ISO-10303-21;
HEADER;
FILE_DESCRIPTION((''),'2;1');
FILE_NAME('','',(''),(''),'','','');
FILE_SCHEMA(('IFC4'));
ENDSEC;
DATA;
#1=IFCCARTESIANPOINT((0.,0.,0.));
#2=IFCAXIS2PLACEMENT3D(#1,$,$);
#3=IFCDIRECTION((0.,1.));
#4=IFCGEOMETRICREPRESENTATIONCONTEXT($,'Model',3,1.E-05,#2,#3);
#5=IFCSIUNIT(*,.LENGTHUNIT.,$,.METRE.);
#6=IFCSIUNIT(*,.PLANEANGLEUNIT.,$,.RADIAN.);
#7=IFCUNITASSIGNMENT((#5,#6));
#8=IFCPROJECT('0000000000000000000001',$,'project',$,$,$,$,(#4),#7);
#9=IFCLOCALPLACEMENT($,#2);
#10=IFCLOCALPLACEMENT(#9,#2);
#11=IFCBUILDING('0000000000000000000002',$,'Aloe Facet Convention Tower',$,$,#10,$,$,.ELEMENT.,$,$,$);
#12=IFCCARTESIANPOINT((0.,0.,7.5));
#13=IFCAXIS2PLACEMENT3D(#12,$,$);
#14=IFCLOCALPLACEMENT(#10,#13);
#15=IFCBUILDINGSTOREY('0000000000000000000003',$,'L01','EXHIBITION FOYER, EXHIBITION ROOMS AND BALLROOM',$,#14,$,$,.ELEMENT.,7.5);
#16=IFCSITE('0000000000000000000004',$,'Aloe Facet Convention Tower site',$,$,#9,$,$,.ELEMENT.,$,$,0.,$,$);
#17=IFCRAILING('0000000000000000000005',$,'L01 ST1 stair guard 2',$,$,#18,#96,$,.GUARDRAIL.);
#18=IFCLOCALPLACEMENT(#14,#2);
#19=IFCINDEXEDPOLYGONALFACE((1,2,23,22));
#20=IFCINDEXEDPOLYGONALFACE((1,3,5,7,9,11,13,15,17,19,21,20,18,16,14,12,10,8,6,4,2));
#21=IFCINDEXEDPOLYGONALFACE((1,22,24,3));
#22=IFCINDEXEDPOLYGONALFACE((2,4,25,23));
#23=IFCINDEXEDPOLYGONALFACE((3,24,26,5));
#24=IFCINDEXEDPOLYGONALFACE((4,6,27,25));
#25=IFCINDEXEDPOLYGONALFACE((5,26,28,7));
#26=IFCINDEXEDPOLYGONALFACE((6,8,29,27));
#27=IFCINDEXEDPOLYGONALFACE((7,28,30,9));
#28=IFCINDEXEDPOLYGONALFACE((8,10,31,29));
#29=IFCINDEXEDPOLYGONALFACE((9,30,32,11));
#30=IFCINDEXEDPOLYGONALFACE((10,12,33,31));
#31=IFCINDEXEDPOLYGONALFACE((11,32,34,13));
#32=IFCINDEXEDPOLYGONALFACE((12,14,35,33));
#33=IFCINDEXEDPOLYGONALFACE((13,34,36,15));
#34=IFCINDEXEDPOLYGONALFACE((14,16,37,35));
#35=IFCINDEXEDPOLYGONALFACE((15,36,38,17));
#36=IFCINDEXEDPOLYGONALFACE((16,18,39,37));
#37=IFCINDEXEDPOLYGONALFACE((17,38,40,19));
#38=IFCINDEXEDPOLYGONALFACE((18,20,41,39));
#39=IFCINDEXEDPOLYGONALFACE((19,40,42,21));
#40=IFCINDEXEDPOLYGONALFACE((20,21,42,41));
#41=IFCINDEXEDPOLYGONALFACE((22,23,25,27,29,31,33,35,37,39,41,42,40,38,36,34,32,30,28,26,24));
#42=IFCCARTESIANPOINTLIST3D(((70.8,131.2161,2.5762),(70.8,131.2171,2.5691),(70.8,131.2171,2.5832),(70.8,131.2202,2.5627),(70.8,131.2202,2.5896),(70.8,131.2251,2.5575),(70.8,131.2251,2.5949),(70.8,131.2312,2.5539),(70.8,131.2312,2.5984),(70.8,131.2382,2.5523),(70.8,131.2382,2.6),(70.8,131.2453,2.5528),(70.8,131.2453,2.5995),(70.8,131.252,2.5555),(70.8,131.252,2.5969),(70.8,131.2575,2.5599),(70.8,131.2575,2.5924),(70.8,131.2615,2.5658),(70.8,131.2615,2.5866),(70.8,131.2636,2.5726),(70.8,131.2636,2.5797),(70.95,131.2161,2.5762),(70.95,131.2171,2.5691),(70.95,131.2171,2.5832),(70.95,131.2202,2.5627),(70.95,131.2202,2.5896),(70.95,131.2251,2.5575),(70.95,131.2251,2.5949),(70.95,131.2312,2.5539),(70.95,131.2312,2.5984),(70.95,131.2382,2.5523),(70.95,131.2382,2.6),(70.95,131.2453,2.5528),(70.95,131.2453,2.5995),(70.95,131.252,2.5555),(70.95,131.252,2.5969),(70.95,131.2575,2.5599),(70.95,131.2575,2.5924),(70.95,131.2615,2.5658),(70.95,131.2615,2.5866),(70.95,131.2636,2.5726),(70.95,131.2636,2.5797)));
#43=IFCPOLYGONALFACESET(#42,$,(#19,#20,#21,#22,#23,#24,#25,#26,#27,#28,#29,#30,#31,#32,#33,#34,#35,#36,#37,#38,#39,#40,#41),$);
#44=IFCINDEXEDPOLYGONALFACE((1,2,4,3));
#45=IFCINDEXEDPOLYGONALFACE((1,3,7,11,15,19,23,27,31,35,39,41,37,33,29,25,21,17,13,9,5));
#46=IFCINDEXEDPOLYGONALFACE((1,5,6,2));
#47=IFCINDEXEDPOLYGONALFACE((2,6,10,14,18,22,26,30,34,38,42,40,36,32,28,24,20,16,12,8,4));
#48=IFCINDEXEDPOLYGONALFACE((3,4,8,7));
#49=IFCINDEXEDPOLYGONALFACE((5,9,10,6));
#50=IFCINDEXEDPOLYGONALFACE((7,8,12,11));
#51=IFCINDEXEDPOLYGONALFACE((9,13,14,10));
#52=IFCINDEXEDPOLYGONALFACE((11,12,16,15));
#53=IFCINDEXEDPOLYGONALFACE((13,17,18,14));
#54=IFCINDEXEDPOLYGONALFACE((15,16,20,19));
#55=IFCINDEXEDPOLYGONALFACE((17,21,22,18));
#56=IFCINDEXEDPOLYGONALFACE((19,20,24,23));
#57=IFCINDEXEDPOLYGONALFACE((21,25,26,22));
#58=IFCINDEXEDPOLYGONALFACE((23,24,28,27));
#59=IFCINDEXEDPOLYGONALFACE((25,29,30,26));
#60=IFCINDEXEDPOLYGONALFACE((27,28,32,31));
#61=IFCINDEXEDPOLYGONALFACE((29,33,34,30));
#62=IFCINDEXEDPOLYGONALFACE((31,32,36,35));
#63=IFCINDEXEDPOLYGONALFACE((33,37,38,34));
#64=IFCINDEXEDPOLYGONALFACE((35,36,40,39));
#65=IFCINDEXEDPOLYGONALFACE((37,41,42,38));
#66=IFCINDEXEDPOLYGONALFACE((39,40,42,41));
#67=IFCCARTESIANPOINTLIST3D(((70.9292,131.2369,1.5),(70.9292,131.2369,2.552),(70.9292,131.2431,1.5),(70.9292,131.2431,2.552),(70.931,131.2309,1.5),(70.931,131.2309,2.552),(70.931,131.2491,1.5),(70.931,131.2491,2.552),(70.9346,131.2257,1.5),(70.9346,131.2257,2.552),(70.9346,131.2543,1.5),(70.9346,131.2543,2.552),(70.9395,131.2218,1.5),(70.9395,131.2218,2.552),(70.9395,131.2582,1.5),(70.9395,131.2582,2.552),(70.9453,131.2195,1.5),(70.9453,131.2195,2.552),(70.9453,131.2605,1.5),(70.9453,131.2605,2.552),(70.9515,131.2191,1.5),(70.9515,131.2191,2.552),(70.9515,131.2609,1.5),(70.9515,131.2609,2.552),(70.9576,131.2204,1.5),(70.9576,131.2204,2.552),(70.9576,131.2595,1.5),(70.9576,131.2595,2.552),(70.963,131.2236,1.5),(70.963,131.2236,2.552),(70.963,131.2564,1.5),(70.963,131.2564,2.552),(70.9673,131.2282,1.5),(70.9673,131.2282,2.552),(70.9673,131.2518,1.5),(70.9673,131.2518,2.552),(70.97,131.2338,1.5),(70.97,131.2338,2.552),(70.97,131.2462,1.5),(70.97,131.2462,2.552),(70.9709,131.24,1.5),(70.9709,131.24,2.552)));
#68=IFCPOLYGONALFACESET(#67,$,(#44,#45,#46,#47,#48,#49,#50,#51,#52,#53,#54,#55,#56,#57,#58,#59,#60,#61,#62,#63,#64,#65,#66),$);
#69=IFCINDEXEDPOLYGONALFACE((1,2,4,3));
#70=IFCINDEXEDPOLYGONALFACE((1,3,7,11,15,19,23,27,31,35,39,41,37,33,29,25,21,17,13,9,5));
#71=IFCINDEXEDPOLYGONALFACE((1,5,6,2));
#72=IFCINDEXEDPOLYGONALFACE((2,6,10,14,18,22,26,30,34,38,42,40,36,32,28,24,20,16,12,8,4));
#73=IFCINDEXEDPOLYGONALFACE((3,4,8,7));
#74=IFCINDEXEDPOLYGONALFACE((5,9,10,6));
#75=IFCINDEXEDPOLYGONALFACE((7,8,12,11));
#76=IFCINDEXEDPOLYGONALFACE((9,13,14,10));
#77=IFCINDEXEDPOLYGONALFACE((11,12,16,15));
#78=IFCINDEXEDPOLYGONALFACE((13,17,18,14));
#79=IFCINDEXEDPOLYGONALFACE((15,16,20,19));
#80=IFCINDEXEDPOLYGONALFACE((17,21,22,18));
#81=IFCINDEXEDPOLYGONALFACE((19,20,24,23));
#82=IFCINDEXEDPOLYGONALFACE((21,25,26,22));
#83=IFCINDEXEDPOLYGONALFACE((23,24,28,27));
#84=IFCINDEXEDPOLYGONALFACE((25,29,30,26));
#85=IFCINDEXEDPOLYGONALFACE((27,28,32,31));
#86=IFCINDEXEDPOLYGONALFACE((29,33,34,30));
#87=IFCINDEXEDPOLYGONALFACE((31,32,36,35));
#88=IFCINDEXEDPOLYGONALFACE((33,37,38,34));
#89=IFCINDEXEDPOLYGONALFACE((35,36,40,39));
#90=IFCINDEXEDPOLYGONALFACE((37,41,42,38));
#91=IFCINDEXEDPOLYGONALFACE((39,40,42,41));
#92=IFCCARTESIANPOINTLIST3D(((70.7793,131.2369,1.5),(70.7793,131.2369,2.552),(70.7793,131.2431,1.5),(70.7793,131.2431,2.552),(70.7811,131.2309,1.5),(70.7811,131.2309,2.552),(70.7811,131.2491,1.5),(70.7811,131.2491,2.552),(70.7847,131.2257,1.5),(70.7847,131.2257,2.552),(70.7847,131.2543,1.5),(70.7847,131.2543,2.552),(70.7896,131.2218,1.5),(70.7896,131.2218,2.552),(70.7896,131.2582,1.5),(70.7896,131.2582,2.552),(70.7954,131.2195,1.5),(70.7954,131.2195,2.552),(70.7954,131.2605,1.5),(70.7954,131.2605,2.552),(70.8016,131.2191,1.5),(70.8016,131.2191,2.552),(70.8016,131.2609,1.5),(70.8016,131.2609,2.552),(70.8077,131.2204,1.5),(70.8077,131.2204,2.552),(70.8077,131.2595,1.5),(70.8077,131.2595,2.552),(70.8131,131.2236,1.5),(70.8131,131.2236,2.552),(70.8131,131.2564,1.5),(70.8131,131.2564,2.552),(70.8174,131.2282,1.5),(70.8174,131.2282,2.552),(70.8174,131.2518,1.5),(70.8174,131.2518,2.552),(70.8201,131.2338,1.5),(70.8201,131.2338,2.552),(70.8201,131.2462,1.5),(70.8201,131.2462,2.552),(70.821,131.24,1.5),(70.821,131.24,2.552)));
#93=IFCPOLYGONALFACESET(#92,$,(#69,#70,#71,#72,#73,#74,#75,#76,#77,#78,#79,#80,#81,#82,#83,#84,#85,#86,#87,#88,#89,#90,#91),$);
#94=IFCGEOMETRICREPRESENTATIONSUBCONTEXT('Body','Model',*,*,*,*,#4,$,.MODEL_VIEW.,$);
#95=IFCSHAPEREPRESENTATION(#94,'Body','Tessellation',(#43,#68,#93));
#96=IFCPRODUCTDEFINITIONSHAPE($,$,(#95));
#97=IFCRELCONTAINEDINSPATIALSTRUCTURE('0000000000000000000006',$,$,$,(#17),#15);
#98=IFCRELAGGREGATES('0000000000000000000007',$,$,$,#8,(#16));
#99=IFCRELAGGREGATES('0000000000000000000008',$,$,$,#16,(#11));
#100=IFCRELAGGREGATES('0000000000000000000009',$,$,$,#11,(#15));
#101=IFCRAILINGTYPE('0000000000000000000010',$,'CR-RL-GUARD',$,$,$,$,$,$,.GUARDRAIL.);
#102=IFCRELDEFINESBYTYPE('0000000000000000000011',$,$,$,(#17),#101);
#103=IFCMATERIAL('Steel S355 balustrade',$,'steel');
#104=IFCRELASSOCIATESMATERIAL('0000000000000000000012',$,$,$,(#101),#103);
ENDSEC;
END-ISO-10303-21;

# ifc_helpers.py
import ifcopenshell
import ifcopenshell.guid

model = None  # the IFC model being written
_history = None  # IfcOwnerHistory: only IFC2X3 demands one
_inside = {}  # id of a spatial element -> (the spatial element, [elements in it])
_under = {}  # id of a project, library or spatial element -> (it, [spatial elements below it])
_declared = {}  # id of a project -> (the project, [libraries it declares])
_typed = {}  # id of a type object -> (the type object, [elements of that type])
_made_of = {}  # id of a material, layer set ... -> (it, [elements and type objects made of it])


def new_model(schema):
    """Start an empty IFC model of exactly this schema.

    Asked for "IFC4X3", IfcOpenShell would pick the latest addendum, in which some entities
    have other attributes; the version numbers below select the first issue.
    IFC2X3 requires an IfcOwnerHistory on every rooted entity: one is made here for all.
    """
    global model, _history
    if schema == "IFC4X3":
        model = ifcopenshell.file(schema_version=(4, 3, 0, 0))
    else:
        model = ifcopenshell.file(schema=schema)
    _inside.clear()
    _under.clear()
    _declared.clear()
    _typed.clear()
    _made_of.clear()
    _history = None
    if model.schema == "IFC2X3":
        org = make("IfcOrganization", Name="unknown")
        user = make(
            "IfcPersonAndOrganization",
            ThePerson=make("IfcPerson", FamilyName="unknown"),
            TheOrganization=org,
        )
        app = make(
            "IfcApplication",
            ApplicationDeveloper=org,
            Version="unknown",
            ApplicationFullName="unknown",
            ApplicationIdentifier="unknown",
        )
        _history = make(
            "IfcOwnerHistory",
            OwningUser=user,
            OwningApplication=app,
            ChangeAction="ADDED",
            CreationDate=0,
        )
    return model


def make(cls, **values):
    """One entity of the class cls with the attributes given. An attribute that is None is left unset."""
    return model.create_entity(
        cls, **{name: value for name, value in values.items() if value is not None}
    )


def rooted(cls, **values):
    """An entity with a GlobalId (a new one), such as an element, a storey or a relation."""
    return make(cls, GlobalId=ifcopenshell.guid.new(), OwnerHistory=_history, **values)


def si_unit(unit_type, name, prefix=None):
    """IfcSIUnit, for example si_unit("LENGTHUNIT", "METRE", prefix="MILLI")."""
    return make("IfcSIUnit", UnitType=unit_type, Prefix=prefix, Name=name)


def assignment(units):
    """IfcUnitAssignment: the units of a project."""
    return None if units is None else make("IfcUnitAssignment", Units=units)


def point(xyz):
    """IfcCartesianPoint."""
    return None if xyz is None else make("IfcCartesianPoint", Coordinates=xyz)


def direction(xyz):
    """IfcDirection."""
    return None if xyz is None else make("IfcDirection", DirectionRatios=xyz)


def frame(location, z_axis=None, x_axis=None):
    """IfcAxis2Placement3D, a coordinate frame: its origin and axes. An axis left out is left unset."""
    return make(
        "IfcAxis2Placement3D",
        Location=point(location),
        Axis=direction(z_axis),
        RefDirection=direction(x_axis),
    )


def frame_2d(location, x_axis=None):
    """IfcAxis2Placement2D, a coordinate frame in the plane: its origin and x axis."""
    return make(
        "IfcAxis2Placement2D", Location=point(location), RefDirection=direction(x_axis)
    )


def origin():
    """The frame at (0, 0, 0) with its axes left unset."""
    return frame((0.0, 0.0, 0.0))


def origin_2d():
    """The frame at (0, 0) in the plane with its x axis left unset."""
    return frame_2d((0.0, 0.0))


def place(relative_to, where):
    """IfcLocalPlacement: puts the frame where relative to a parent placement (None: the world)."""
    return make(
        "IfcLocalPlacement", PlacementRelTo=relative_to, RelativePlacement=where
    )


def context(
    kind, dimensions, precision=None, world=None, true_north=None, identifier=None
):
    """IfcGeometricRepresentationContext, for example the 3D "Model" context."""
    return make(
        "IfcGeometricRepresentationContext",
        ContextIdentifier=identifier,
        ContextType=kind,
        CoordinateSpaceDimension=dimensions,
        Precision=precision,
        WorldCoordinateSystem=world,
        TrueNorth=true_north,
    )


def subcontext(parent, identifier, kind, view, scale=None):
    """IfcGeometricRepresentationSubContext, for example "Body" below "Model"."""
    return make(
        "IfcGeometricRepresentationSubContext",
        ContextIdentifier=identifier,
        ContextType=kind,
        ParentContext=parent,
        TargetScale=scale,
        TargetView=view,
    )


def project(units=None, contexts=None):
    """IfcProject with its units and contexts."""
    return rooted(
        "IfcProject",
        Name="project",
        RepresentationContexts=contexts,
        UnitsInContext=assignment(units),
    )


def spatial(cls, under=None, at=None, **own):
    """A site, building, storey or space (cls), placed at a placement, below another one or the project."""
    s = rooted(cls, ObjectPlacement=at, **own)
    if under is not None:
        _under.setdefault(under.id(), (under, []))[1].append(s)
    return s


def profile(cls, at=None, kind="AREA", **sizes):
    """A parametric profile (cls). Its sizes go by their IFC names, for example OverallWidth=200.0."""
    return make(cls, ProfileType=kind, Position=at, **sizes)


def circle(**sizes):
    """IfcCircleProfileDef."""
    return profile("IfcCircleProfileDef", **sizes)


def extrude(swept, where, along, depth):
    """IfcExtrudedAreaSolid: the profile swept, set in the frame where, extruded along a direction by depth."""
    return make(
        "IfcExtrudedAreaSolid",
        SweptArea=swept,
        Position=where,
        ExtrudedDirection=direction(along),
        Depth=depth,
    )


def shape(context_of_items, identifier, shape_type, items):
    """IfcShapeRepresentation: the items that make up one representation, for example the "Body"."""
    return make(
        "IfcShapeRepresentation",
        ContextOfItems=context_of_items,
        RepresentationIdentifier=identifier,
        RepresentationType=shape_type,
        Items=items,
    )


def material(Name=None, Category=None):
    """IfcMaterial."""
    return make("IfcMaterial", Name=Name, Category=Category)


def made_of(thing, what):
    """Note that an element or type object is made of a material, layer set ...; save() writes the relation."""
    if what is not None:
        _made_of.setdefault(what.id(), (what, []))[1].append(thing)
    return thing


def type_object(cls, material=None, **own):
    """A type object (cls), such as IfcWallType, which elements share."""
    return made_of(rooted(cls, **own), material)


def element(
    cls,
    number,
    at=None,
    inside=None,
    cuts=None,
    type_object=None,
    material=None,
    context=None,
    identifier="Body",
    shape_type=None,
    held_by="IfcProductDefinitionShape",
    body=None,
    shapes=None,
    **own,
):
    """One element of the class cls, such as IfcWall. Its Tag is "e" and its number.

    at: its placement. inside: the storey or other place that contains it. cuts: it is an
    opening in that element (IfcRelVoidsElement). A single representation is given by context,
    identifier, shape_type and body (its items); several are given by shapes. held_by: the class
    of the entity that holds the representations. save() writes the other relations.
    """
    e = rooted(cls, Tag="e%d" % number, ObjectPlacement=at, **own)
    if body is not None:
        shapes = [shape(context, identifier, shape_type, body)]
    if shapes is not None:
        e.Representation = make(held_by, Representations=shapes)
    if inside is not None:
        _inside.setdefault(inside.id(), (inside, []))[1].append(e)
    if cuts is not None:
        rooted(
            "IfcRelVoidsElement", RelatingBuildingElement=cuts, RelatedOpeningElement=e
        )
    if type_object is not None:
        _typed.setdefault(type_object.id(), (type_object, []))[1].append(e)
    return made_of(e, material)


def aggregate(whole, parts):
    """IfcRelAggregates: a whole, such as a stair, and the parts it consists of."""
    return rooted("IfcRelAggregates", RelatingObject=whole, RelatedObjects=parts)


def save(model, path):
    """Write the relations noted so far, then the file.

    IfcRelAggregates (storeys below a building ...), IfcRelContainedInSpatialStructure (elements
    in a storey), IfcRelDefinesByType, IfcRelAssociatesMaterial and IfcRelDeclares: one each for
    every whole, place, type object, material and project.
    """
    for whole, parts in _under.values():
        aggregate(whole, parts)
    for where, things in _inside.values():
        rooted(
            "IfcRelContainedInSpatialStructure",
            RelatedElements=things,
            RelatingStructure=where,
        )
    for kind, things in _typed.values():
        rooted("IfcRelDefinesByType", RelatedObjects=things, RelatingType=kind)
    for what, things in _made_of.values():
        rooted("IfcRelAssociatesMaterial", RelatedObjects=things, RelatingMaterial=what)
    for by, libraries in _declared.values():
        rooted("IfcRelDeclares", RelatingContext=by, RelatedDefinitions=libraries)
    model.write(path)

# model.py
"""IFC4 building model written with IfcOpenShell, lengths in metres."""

from ifc_helpers import new_model, si_unit, direction, frame, origin, origin_2d, place, context, subcontext, project, spatial, circle, extrude, material, type_object, element, save


model = new_model("IFC4")

# Units and contexts
model_context = context("Model", 3, precision=1e-05, world=origin(), true_north=direction((0.0, 1.0)))
body_context = subcontext(model_context, "Body", "Model", "MODEL_VIEW")
ifc_project = project(units=[si_unit("LENGTHUNIT", "METRE"), si_unit("PLANEANGLEUNIT", "RADIAN")], contexts=[model_context])

# Site, building, storey
site_placement = place(None, origin())
site = spatial("IfcSite", under=ifc_project, at=site_placement, Name="Aloe Facet Convention Tower site", CompositionType="ELEMENT", RefElevation=0.0)
building_placement = place(site_placement, origin())
building = spatial("IfcBuilding", under=site, at=building_placement, Name="Aloe Facet Convention Tower", CompositionType="ELEMENT")
storey_placement = place(building_placement, frame((0.0, 0.0, 7.5)))
storey = spatial("IfcBuildingStorey", under=building, at=storey_placement, Name="L01", Description="EXHIBITION FOYER, EXHIBITION ROOMS AND BALLROOM", CompositionType="ELEMENT", Elevation=7.5)

# Railing
ifc_material_1 = material(Name="Steel S355 balustrade", Category="steel")
railing_type_1 = type_object("IfcRailingType", Name="CR-RL-GUARD", PredefinedType="GUARDRAIL", material=ifc_material_1)
railing_1_placement = place(storey_placement, frame((70.95, 131.24, 1.5)))
element("IfcRailing", 1, at=railing_1_placement, inside=storey, type_object=railing_type_1, Name="L01 ST1 stair guard 2", PredefinedType="GUARDRAIL", context=body_context, shape_type="SweptSolid", body=[
    extrude(circle(Radius=0.0239, at=origin_2d()), frame((0.0, 0.0, 1.0762), z_axis=(-1.0, 0.0, 0.0), x_axis=(0.0, -1.0, 0.0)), (0.0, 0.0, 1.0), 0.1499),
    extrude(circle(Radius=0.021, at=origin_2d()), origin(), (0.0, 0.0, 1.0), 1.052),
    extrude(circle(Radius=0.021, at=origin_2d()), frame((-0.1499, 0.0, 0.0)), (0.0, 0.0, 1.0), 1.052),
])

save(model, "model.ifc")
